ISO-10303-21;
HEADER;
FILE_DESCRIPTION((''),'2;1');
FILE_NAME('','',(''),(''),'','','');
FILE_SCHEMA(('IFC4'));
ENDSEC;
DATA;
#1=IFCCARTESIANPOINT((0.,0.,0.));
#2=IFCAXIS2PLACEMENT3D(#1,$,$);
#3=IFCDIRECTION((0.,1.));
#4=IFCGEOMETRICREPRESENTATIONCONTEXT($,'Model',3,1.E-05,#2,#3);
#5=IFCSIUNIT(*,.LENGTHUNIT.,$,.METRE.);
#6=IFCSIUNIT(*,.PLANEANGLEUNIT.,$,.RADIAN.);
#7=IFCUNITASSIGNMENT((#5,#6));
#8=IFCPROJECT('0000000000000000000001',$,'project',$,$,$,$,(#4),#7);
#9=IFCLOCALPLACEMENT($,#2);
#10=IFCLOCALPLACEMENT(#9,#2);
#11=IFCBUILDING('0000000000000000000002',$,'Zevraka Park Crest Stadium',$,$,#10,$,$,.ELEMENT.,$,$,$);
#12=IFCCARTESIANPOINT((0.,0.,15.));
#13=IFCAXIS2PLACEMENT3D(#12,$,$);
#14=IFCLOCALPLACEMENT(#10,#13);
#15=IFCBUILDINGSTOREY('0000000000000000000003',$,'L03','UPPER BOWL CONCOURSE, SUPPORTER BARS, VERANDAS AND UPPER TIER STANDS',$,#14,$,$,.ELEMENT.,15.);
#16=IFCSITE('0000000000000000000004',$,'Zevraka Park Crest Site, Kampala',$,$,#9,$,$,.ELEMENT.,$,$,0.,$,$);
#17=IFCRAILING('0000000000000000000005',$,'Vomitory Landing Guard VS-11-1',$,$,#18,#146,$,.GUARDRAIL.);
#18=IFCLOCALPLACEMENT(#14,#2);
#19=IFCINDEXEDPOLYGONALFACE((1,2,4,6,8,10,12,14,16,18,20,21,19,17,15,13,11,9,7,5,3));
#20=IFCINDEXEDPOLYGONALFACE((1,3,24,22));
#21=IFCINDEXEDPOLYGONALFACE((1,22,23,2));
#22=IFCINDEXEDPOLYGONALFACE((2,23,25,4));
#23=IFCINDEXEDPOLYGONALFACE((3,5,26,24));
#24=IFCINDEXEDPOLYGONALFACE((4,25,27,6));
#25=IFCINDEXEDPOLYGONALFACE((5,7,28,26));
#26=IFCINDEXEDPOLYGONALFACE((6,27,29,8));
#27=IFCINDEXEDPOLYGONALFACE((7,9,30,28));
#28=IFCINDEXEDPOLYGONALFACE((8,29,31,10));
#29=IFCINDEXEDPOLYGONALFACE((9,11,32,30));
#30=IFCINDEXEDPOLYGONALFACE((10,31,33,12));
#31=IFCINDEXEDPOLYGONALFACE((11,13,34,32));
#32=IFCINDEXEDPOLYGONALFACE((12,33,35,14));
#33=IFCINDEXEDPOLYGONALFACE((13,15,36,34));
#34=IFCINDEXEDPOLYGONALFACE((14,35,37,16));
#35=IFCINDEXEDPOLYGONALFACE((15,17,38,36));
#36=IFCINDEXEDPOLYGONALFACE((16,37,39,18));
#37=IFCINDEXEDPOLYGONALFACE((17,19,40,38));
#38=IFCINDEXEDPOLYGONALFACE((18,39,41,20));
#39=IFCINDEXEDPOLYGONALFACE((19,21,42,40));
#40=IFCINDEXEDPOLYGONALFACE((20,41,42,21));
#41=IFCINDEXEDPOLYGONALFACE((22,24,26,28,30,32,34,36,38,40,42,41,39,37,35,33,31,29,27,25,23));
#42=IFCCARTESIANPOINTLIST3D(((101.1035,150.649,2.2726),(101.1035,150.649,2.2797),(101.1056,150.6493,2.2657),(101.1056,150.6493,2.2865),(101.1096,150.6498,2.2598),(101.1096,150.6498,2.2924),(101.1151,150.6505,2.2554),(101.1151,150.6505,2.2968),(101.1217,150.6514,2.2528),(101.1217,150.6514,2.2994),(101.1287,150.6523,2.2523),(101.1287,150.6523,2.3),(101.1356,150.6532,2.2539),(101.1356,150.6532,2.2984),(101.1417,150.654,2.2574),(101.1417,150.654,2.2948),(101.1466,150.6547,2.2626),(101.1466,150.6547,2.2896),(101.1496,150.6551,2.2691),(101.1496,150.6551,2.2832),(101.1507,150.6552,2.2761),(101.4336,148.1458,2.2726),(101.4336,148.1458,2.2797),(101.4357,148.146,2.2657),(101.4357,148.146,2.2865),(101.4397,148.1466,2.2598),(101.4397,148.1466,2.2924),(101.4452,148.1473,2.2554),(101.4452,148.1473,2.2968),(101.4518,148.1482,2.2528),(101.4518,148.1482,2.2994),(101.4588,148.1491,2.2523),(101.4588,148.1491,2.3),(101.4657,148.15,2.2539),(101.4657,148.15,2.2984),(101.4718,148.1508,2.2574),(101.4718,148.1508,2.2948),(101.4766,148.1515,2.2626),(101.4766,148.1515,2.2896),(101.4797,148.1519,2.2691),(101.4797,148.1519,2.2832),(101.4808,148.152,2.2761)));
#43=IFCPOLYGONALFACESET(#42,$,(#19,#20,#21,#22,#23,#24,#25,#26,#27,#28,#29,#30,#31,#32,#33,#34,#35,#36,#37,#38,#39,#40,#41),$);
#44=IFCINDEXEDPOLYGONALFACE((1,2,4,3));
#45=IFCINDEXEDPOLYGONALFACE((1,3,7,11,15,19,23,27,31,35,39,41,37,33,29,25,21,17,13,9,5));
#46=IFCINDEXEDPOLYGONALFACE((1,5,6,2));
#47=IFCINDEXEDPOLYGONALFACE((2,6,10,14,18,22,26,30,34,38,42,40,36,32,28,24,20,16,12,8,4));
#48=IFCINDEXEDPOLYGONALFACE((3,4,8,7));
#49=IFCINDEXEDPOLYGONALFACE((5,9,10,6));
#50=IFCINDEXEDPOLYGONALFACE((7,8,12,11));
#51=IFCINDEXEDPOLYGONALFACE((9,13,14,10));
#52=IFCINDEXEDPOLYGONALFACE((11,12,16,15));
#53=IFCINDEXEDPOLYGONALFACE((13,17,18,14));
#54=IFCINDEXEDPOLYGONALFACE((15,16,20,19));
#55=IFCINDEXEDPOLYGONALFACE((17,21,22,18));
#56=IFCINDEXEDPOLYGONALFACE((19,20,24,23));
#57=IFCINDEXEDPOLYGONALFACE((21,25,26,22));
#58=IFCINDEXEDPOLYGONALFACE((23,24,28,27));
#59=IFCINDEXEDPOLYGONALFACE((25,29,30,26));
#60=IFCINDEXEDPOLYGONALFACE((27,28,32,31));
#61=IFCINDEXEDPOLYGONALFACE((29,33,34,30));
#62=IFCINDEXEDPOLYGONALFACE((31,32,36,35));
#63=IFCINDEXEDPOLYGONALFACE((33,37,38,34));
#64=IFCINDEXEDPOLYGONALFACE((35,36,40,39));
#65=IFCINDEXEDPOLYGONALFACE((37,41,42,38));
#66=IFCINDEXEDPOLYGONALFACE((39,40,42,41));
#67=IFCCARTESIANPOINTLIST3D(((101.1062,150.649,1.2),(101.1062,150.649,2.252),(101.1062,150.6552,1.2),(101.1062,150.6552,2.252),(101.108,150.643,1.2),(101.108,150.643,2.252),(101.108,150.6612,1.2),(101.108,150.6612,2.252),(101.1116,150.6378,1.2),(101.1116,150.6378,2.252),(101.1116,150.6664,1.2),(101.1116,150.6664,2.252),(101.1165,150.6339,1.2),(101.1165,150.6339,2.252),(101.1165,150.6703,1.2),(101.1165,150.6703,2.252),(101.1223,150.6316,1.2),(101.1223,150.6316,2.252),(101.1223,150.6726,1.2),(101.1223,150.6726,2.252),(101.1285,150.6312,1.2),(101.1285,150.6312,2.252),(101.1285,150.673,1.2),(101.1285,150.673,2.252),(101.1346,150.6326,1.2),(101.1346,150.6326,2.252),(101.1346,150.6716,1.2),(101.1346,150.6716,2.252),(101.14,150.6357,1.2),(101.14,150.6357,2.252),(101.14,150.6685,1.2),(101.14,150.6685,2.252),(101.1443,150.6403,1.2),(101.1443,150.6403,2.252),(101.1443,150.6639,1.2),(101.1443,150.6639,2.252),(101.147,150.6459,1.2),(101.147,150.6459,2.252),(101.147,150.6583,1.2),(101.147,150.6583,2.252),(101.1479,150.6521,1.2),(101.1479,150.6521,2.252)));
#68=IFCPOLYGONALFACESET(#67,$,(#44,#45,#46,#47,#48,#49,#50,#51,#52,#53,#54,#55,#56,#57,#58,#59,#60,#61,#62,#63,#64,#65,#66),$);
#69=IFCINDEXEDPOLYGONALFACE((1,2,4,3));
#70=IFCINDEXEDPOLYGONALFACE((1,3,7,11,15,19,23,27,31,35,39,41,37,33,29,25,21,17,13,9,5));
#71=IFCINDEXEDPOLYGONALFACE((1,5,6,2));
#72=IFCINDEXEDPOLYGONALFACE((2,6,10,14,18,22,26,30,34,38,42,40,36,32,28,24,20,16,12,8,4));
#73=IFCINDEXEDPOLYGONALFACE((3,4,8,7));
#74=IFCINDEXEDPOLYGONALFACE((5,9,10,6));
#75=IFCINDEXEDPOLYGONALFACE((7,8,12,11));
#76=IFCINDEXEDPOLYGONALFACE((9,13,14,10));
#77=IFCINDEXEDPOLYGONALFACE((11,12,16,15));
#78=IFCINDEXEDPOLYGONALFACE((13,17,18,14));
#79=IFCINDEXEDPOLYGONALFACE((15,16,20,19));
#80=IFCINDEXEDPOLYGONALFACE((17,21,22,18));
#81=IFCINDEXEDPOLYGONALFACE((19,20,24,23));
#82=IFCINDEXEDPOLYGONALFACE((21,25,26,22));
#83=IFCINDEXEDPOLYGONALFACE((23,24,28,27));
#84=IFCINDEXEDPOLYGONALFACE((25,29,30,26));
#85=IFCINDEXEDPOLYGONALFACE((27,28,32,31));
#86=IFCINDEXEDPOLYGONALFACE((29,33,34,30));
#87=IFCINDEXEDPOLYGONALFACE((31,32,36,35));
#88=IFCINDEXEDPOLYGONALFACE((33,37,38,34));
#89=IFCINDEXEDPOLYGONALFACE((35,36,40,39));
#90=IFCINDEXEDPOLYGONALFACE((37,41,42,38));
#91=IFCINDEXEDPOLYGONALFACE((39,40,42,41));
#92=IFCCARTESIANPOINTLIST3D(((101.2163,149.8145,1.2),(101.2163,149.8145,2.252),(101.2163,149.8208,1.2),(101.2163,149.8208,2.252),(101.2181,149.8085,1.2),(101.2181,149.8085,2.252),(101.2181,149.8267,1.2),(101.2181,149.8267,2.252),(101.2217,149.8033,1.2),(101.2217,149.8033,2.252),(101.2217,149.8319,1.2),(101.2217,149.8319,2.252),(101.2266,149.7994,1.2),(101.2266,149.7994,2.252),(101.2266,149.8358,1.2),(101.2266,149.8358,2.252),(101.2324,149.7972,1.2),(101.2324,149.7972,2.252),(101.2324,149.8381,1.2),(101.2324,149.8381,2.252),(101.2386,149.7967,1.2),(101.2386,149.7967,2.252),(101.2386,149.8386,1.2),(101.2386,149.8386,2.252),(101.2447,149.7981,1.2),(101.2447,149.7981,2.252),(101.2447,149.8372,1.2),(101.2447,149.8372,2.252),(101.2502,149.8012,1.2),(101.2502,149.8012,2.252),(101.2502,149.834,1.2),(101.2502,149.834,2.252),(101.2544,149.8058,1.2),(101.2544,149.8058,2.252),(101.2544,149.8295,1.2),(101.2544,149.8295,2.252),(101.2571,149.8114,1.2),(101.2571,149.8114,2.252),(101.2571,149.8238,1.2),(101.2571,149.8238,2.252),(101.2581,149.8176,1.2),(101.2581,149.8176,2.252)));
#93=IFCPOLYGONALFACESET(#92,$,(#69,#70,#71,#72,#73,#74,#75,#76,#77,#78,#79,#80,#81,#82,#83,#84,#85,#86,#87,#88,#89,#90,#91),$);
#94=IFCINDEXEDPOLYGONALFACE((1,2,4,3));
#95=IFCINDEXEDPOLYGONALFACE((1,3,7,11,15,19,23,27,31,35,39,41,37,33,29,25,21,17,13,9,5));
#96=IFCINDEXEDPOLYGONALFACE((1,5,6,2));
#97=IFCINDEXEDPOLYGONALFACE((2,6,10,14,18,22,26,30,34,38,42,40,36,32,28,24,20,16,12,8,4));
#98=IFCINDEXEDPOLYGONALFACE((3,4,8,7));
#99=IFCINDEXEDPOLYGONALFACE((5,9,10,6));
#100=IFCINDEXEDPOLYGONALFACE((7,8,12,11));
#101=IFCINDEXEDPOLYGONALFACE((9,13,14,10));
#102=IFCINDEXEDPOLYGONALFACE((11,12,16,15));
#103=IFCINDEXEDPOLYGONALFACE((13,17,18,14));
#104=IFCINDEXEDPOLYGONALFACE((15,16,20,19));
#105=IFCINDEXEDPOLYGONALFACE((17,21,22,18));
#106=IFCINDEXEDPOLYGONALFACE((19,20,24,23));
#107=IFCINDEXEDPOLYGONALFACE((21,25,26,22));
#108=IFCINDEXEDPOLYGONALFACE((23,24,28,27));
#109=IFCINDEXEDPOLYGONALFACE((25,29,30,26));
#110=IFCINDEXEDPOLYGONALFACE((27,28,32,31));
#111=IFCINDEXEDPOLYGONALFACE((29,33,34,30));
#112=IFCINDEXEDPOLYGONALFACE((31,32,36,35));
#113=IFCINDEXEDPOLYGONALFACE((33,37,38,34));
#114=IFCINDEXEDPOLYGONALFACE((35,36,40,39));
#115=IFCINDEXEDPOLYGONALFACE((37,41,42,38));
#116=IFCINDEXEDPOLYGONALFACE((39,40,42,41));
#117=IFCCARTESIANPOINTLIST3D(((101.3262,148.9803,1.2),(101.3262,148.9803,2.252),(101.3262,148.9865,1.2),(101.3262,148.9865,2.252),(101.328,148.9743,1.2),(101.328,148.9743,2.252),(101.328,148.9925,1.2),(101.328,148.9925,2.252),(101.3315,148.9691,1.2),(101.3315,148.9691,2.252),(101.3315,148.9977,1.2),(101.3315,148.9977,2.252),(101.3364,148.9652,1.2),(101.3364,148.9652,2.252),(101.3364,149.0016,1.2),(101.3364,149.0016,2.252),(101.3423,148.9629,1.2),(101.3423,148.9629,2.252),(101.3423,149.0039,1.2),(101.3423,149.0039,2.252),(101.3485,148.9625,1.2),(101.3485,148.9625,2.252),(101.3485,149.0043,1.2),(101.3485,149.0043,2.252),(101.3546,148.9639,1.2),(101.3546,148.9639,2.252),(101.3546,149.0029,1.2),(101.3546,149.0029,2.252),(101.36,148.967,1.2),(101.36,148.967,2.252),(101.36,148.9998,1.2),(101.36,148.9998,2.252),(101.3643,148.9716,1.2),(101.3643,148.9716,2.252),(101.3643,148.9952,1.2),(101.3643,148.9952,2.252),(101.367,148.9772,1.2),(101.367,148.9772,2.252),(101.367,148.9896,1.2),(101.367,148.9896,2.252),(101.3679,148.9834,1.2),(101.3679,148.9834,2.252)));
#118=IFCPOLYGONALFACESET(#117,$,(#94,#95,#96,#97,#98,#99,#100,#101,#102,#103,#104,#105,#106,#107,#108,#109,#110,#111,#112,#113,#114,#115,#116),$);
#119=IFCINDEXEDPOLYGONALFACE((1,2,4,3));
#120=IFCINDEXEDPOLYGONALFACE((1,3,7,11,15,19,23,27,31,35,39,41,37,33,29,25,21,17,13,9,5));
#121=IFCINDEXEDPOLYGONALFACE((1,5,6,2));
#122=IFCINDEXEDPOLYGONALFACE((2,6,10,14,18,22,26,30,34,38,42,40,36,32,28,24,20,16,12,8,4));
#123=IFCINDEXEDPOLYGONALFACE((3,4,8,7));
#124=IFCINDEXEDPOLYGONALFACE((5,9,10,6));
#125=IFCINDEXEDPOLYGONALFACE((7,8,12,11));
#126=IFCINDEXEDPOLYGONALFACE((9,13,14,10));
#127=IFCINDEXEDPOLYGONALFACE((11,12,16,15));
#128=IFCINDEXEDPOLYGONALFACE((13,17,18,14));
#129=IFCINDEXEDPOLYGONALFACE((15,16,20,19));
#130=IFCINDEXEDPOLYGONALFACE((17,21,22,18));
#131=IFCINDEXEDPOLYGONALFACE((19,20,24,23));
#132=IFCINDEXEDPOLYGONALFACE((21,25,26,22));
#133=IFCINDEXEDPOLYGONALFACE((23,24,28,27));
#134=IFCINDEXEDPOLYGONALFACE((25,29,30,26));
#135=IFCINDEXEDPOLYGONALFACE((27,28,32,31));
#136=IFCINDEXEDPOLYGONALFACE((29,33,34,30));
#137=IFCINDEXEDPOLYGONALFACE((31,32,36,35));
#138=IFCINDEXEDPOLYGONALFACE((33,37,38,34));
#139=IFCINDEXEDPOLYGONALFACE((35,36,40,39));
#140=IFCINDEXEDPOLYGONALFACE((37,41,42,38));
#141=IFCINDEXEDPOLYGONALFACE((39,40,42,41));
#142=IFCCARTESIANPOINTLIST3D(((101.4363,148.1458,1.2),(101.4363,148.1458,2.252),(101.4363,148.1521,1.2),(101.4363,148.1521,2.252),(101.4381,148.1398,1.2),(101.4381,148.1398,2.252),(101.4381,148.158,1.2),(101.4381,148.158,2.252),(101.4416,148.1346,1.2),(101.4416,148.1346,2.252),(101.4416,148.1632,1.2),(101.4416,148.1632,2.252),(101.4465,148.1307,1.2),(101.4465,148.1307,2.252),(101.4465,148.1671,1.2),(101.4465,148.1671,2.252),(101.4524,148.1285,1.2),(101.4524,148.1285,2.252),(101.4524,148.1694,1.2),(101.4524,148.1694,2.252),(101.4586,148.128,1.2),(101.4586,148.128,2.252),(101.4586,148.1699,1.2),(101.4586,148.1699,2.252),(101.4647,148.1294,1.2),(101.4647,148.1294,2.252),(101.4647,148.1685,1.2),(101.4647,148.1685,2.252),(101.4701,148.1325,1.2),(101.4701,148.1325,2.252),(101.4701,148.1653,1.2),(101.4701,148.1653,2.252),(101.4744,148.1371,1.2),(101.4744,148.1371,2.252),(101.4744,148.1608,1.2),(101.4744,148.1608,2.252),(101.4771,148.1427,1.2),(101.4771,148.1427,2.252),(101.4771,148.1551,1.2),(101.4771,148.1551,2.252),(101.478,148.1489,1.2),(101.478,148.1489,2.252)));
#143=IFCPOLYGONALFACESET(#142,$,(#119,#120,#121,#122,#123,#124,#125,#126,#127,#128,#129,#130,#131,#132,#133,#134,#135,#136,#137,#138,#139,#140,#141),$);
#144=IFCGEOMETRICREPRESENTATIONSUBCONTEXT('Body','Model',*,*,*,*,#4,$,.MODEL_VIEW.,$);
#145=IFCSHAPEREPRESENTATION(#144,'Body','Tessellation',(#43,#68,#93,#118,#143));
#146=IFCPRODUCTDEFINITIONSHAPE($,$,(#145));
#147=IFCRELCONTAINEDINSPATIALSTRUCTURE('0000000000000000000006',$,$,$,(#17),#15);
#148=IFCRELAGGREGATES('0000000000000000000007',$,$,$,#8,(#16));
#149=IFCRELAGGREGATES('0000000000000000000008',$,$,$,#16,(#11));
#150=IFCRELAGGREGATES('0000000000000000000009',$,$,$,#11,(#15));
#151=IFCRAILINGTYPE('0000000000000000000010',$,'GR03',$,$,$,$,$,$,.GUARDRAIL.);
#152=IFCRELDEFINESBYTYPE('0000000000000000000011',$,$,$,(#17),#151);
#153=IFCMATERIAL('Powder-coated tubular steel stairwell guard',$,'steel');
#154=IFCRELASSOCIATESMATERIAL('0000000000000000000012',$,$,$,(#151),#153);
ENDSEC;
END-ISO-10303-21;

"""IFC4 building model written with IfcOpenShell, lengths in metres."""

from ifc_helpers import new_model, si_unit, direction, frame, origin, origin_2d, place, context, subcontext, project, spatial, circle, extrude, material, type_object, element, save


model = new_model("IFC4")

# Units and contexts
model_context = context("Model", 3, precision=1e-05, world=origin(), true_north=direction((0.0, 1.0)))
body_context = subcontext(model_context, "Body", "Model", "MODEL_VIEW")
ifc_project = project(units=[si_unit("LENGTHUNIT", "METRE"), si_unit("PLANEANGLEUNIT", "RADIAN")], contexts=[model_context])

# Site, building, storey
site_placement = place(None, origin())
site = spatial("IfcSite", under=ifc_project, at=site_placement, Name="Zevraka Park Crest Site, Kampala", CompositionType="ELEMENT", RefElevation=0.0)
building_placement = place(site_placement, origin())
building = spatial("IfcBuilding", under=site, at=building_placement, Name="Zevraka Park Crest Stadium", CompositionType="ELEMENT")
storey_placement = place(building_placement, frame((0.0, 0.0, 15.0)))
storey = spatial("IfcBuildingStorey", under=building, at=storey_placement, Name="L03", Description="UPPER BOWL CONCOURSE, SUPPORTER BARS, VERANDAS AND UPPER TIER STANDS", CompositionType="ELEMENT", Elevation=15.0)

# Railing
ifc_material_1 = material(Name="Powder-coated tubular steel stairwell guard", Category="steel")
railing_type_1 = type_object("IfcRailingType", Name="GR03", PredefinedType="GUARDRAIL", material=ifc_material_1)
railing_1_placement = place(storey_placement, frame((101.127, 150.6521, 1.2)))
element("IfcRailing", 1, at=railing_1_placement, inside=storey, type_object=railing_type_1, Name="Vomitory Landing Guard VS-11-1", PredefinedType="GUARDRAIL", context=body_context, shape_type="SweptSolid", body=[
    extrude(circle(Radius=0.0239, at=origin_2d()), frame((0.0, 0.0, 1.0762), z_axis=(0.130732, -0.991418, 0.0), x_axis=(0.991418, 0.130732, 0.0)), (0.0, 0.0, 1.0), 2.5249),
    extrude(circle(Radius=0.021, at=origin_2d()), origin(), (0.0, 0.0, 1.0), 1.052),
    extrude(circle(Radius=0.021, at=origin_2d()), frame((0.1101, -0.8345, 0.0)), (0.0, 0.0, 1.0), 1.052),
    extrude(circle(Radius=0.021, at=origin_2d()), frame((0.22, -1.6687, 0.0)), (0.0, 0.0, 1.0), 1.052),
    extrude(circle(Radius=0.021, at=origin_2d()), frame((0.3301, -2.5032, 0.0)), (0.0, 0.0, 1.0), 1.052),
])

save(model, "model.ifc")
